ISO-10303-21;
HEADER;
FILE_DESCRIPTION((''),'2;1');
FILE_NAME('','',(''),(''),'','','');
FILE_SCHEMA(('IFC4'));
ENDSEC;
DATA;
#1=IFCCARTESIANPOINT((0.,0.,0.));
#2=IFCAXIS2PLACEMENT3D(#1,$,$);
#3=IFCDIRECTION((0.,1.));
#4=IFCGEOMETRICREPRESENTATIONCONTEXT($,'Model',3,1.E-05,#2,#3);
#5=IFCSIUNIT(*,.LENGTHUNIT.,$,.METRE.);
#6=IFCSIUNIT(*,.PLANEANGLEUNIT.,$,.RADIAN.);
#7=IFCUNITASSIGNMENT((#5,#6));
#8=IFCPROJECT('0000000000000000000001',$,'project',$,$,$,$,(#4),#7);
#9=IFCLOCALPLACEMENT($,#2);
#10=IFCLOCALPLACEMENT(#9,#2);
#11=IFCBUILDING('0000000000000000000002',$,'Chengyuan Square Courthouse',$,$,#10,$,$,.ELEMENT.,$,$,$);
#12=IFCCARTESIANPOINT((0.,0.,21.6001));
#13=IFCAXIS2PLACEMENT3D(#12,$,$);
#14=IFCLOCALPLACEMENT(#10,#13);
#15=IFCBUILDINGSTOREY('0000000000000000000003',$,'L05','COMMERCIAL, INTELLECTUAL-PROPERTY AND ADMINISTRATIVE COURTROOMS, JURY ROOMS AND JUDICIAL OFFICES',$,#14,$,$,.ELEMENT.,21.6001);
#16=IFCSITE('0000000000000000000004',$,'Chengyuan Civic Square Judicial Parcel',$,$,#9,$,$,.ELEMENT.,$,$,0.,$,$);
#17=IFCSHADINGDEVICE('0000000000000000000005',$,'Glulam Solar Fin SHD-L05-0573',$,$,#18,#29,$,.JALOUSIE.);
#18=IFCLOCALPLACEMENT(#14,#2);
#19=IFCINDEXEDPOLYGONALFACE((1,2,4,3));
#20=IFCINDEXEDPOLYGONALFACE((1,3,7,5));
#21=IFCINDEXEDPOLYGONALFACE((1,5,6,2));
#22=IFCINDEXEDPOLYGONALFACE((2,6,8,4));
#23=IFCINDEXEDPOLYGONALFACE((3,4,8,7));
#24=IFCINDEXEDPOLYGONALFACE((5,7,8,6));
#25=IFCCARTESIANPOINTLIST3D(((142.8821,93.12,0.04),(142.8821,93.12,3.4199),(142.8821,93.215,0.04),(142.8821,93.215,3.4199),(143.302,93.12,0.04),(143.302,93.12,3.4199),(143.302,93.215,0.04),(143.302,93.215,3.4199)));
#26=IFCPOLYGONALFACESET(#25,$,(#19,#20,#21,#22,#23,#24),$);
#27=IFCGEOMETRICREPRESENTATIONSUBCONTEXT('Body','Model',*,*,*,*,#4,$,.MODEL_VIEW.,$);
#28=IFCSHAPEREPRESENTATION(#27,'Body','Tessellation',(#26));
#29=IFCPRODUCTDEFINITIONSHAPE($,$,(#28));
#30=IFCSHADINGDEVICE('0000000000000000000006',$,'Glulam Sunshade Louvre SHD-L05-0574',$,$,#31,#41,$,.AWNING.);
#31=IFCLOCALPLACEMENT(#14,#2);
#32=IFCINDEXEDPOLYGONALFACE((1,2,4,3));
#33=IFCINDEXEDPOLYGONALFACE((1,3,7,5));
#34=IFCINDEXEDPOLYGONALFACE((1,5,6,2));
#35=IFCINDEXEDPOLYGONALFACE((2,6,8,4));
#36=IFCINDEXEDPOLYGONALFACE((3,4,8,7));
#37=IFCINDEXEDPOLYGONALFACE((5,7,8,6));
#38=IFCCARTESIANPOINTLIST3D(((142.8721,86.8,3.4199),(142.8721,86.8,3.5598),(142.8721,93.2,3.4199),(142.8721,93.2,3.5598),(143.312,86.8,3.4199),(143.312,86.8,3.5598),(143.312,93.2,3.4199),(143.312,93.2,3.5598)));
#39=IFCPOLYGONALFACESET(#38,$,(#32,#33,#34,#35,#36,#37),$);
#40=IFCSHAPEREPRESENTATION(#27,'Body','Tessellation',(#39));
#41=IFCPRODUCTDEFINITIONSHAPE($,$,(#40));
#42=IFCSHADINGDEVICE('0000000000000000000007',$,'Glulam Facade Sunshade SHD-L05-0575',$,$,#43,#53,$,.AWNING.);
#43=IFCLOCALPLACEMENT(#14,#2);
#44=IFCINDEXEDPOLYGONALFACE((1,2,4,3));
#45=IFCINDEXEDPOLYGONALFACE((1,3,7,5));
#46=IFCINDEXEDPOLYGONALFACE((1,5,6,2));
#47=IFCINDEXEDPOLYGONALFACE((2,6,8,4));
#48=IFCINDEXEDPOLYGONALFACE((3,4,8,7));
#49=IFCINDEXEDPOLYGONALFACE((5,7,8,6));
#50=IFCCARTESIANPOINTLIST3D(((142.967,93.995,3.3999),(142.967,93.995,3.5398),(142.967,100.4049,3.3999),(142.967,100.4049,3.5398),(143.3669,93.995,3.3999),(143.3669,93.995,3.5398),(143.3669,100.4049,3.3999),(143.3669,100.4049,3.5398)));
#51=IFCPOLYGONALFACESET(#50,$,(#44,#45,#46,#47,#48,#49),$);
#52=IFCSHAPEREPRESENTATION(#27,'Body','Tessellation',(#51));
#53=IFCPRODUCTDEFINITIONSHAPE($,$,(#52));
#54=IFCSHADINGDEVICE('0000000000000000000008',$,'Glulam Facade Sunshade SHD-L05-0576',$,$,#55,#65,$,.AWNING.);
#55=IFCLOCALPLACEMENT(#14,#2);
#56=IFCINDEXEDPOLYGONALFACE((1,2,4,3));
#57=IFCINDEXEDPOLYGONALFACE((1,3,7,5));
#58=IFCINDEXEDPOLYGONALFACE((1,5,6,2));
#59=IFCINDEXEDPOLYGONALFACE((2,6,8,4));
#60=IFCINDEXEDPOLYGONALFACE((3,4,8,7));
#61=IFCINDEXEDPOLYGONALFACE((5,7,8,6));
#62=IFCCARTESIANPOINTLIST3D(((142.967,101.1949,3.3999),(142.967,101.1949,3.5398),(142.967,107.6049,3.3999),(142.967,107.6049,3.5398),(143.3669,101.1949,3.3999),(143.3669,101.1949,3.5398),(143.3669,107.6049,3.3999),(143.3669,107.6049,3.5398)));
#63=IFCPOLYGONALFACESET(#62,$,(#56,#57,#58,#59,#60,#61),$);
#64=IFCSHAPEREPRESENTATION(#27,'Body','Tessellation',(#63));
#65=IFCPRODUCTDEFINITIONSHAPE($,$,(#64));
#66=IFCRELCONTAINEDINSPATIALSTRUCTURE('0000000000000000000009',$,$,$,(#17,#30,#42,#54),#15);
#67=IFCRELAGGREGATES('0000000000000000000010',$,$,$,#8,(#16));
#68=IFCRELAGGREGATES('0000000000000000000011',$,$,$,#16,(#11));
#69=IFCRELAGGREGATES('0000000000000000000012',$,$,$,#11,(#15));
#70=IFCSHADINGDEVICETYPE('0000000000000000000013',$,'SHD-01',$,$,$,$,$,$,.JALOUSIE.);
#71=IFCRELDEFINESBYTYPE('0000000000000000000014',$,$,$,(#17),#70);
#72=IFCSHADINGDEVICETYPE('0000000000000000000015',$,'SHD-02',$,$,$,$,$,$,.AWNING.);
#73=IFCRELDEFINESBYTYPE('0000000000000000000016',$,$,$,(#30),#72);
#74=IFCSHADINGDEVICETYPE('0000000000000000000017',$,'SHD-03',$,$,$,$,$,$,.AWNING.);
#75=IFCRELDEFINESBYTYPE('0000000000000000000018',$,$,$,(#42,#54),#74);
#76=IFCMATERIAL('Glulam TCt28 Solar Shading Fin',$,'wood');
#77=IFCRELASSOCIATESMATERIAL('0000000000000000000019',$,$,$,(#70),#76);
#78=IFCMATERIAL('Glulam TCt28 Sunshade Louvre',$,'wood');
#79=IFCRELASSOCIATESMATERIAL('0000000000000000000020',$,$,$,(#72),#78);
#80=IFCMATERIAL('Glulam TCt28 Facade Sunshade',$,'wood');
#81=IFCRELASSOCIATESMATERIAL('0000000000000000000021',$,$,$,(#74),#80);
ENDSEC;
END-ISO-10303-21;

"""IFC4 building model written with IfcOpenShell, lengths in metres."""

from ifc_helpers import new_model, si_unit, direction, frame, origin, origin_2d, place, context, subcontext, project, spatial, rectangle, extrude, material, type_object, element, save


model = new_model("IFC4")

# Units and contexts
model_context = context("Model", 3, precision=1e-05, world=origin(), true_north=direction((0.0, 1.0)))
body_context = subcontext(model_context, "Body", "Model", "MODEL_VIEW")
ifc_project = project(units=[si_unit("LENGTHUNIT", "METRE"), si_unit("PLANEANGLEUNIT", "RADIAN")], contexts=[model_context])

# Site, building, storey
site_placement = place(None, origin())
site = spatial("IfcSite", under=ifc_project, at=site_placement, Name="Chengyuan Civic Square Judicial Parcel", CompositionType="ELEMENT", RefElevation=0.0)
building_placement = place(site_placement, origin())
building = spatial("IfcBuilding", under=site, at=building_placement, Name="Chengyuan Square Courthouse", CompositionType="ELEMENT")
storey_placement = place(building_placement, frame((0.0, 0.0, 21.6001)))
storey = spatial("IfcBuildingStorey", under=building, at=storey_placement, Name="L05", Description="COMMERCIAL, INTELLECTUAL-PROPERTY AND ADMINISTRATIVE COURTROOMS, JURY ROOMS AND JUDICIAL OFFICES", CompositionType="ELEMENT", Elevation=21.6001)

# Shading devices
ifc_material_1 = material(Name="Glulam TCt28 Solar Shading Fin", Category="wood")
shading_device_type_1 = type_object("IfcShadingDeviceType", Name="SHD-01", PredefinedType="JALOUSIE", material=ifc_material_1)
for number, where, z_axis, x_axis, name in (
    (1, (143.092, 93.1675, 0.04), (0.0, 0.0, 1.0), (1.0, 0.0, 0.0), "Glulam Solar Fin SHD-L05-0573"),
):
    element("IfcShadingDevice", number, at=place(storey_placement, frame(where, z_axis=z_axis, x_axis=x_axis)), inside=storey, type_object=shading_device_type_1, Name=name, PredefinedType="JALOUSIE", context=body_context, shape_type="SweptSolid", body=[
        extrude(rectangle(XDim=0.4199, YDim=0.095, at=origin_2d()), origin(), (0.0, 0.0, 1.0), 3.3799),
    ])
ifc_material_2 = material(Name="Glulam TCt28 Sunshade Louvre", Category="wood")
shading_device_type_2 = type_object("IfcShadingDeviceType", Name="SHD-02", PredefinedType="AWNING", material=ifc_material_2)
shading_device_placement = place(storey_placement, frame((143.092, 90.0, 3.4199), z_axis=(0.0, 0.0, 1.0), x_axis=(0.0, 1.0, 0.0)))
element("IfcShadingDevice", 2, at=shading_device_placement, inside=storey, type_object=shading_device_type_2, Name="Glulam Sunshade Louvre SHD-L05-0574", PredefinedType="AWNING", context=body_context, shape_type="SweptSolid", body=[
    extrude(rectangle(XDim=6.3999, YDim=0.4399, at=origin_2d()), origin(), (0.0, 0.0, 1.0), 0.1399),
])
ifc_material_3 = material(Name="Glulam TCt28 Facade Sunshade", Category="wood")
shading_device_type_3 = type_object("IfcShadingDeviceType", Name="SHD-03", PredefinedType="AWNING", material=ifc_material_3)
for number, where, z_axis, x_axis, name in (
    (3, (143.167, 97.2, 3.3999), (0.0, 0.0, 1.0), (0.0, 1.0, 0.0), "Glulam Facade Sunshade SHD-L05-0575"),
    (4, (143.167, 104.3999, 3.3999), (0.0, 0.0, 1.0), (0.0, 1.0, 0.0), "Glulam Facade Sunshade SHD-L05-0576"),
):
    element("IfcShadingDevice", number, at=place(storey_placement, frame(where, z_axis=z_axis, x_axis=x_axis)), inside=storey, type_object=shading_device_type_3, Name=name, PredefinedType="AWNING", context=body_context, shape_type="SweptSolid", body=[
        extrude(rectangle(XDim=6.4099, YDim=0.3999, at=origin_2d()), origin(), (0.0, 0.0, 1.0), 0.1399),
    ])

save(model, "model.ifc")
